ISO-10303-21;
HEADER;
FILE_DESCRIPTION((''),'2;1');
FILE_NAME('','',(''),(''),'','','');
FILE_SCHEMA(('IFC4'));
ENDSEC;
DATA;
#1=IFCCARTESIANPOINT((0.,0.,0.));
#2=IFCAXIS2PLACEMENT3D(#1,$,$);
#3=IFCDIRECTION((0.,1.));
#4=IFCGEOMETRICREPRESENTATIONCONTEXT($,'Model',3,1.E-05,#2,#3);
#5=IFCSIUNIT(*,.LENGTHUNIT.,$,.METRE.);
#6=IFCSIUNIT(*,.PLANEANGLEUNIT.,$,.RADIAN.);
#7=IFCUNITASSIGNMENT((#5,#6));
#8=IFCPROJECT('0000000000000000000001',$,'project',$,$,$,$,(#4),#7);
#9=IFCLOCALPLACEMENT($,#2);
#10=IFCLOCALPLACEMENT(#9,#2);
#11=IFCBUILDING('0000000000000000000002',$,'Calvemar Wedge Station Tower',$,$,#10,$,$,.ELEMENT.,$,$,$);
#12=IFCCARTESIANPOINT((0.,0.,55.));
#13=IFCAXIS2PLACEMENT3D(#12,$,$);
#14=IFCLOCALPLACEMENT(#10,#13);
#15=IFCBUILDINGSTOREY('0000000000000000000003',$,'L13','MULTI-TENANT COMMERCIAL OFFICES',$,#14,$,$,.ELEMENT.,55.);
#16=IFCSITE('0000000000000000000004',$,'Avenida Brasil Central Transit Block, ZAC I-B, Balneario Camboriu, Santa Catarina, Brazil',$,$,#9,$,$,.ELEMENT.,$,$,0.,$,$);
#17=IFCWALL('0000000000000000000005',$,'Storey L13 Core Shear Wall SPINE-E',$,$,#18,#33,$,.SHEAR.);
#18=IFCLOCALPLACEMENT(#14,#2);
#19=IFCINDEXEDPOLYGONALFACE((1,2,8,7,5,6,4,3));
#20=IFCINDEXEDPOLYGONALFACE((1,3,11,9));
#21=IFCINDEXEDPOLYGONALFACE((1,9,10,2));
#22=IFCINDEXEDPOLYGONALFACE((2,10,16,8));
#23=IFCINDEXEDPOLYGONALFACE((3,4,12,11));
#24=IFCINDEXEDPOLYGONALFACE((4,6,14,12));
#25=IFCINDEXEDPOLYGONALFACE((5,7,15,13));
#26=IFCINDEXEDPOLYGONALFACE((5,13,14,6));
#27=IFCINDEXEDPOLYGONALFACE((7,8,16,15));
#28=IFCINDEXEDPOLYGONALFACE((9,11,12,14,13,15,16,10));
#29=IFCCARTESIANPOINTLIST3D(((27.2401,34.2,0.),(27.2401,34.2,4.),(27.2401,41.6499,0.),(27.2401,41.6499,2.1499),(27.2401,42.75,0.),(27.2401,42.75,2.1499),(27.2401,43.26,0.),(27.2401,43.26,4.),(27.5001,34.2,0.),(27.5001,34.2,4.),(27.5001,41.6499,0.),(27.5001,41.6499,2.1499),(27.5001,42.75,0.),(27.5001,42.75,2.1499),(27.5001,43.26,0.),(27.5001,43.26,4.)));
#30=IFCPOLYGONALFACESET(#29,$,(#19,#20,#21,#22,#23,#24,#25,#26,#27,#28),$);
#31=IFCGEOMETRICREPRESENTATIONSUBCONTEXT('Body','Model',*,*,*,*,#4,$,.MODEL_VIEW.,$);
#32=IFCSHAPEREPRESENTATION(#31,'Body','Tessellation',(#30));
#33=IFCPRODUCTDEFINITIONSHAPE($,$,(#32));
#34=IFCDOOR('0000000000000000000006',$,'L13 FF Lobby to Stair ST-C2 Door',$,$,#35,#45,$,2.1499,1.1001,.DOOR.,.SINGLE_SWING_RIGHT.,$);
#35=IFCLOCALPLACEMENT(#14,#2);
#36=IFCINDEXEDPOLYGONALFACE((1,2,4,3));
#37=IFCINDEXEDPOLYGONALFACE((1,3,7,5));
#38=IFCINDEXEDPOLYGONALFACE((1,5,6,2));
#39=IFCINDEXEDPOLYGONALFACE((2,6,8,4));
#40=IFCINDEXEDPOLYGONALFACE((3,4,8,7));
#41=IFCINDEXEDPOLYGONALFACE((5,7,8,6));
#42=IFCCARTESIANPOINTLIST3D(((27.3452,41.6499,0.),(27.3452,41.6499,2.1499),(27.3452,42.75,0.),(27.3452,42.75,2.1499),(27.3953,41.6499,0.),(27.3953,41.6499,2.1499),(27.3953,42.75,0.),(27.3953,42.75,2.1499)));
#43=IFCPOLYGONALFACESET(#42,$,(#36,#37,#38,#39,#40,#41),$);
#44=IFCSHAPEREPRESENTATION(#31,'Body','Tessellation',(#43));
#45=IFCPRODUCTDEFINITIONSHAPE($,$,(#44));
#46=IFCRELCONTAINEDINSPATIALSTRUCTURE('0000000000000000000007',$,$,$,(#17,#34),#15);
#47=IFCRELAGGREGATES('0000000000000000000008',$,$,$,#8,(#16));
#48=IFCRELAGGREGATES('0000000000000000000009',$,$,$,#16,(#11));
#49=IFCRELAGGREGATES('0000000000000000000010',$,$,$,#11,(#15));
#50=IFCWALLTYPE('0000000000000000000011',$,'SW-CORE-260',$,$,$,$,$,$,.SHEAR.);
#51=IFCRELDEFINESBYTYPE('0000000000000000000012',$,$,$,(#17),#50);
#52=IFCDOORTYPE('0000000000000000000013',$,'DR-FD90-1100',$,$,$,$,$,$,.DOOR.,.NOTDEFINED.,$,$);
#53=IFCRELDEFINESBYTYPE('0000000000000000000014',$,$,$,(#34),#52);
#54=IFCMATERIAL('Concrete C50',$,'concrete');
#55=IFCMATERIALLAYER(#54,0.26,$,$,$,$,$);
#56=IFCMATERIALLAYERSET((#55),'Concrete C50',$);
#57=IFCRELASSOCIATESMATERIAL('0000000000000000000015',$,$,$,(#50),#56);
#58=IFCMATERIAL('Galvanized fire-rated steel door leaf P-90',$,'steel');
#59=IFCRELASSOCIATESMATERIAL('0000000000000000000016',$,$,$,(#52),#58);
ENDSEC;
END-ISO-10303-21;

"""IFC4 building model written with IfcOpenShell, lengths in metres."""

from ifc_helpers import new_model, si_unit, direction, frame, frame_2d, origin, place, context, subcontext, project, spatial, rectangle, extrude, source, transform, mapped, material, layer, layer_set, type_object, element, fill, save


model = new_model("IFC4")

# Units and contexts
model_context = context("Model", 3, precision=1e-05, world=origin(), true_north=direction((0.0, 1.0)))
body_context = subcontext(model_context, "Body", "Model", "MODEL_VIEW")
ifc_project = project(units=[si_unit("LENGTHUNIT", "METRE"), si_unit("PLANEANGLEUNIT", "RADIAN")], contexts=[model_context])

# Site, building, storey
site_placement = place(None, origin())
site = spatial("IfcSite", under=ifc_project, at=site_placement, Name="Avenida Brasil Central Transit Block, ZAC I-B, Balneario Camboriu, Santa Catarina, Brazil", CompositionType="ELEMENT", RefElevation=0.0)
building_placement = place(site_placement, origin())
building = spatial("IfcBuilding", under=site, at=building_placement, Name="Calvemar Wedge Station Tower", CompositionType="ELEMENT")
storey_placement = place(building_placement, frame((0.0, 0.0, 55.0)))
storey = spatial("IfcBuildingStorey", under=building, at=storey_placement, Name="L13", Description="MULTI-TENANT COMMERCIAL OFFICES", CompositionType="ELEMENT", Elevation=55.0)

# Wall, opening, door
ifc_material_1 = material(Name="Concrete C50", Category="concrete")
ifc_layer_1 = layer(ifc_material_1, 0.26)
ifc_layer_set_1 = layer_set([ifc_layer_1], Name="Concrete C50")
wall_type_1 = type_object("IfcWallType", Name="SW-CORE-260", PredefinedType="SHEAR", material=ifc_layer_set_1)
wall_1_placement = place(storey_placement, frame((27.3701, 34.2, 0.0), z_axis=(0.0, 0.0, 1.0), x_axis=(0.0, 1.0, 0.0)))
wall_1 = element("IfcWall", 1, at=wall_1_placement, inside=storey, type_object=wall_type_1, Name="Storey L13 Core Shear Wall SPINE-E", PredefinedType="SHEAR", context=body_context, shape_type="SweptSolid", body=[
    extrude(rectangle(XDim=9.0601, YDim=0.26, at=frame_2d((4.53, 0.0))), origin(), (0.0, 0.0, 1.0), 4.0),
])
shared_shape_1 = source(origin(), body_context, "Body", "SweptSolid", [
    extrude(rectangle(XDim=1.1001, YDim=2.1499, at=frame_2d((0.55, 1.075))), frame((0.0, 0.1401, 0.0), z_axis=(0.0, -1.0, 0.0), x_axis=(1.0, 0.0, 0.0)), (0.0, 0.0, 1.0), 0.28),
])
opening_1_placement = place(wall_1_placement, frame((7.45, 0.0, 0.0)))
opening_1 = element("IfcOpeningElement", 2, at=opening_1_placement, cuts=wall_1, PredefinedType="OPENING", context=body_context, shape_type="MappedRepresentation", body=[
    mapped(shared_shape_1, transform((0.0, 0.0, 0.0), scale=1.0)),
])
ifc_material_2 = material(Name="Galvanized fire-rated steel door leaf P-90", Category="steel")
door_type = type_object("IfcDoorType", Name="DR-FD90-1100", OperationType="NOTDEFINED", PredefinedType="DOOR", material=ifc_material_2)
shared_shape_2 = source(origin(), body_context, "Body", "SweptSolid", [
    extrude(rectangle(XDim=1.1001, YDim=2.1499, at=frame_2d((0.55, 1.075))), frame((0.0, 0.0249, 0.0), z_axis=(0.0, -1.0, 0.0), x_axis=(1.0, 0.0, 0.0)), (0.0, 0.0, 1.0), 0.05),
])
door_1_placement = place(opening_1_placement, origin())
door_1 = element("IfcDoor", 3, at=door_1_placement, inside=storey, type_object=door_type, Name="L13 FF Lobby to Stair ST-C2 Door", OperationType="SINGLE_SWING_RIGHT", OverallHeight=2.1499, OverallWidth=1.1001, PredefinedType="DOOR", context=body_context, shape_type="MappedRepresentation", body=[
    mapped(shared_shape_2, transform((0.0, 0.0, 0.0), scale=1.0)),
])
fill(opening_1, door_1)

save(model, "model.ifc")
